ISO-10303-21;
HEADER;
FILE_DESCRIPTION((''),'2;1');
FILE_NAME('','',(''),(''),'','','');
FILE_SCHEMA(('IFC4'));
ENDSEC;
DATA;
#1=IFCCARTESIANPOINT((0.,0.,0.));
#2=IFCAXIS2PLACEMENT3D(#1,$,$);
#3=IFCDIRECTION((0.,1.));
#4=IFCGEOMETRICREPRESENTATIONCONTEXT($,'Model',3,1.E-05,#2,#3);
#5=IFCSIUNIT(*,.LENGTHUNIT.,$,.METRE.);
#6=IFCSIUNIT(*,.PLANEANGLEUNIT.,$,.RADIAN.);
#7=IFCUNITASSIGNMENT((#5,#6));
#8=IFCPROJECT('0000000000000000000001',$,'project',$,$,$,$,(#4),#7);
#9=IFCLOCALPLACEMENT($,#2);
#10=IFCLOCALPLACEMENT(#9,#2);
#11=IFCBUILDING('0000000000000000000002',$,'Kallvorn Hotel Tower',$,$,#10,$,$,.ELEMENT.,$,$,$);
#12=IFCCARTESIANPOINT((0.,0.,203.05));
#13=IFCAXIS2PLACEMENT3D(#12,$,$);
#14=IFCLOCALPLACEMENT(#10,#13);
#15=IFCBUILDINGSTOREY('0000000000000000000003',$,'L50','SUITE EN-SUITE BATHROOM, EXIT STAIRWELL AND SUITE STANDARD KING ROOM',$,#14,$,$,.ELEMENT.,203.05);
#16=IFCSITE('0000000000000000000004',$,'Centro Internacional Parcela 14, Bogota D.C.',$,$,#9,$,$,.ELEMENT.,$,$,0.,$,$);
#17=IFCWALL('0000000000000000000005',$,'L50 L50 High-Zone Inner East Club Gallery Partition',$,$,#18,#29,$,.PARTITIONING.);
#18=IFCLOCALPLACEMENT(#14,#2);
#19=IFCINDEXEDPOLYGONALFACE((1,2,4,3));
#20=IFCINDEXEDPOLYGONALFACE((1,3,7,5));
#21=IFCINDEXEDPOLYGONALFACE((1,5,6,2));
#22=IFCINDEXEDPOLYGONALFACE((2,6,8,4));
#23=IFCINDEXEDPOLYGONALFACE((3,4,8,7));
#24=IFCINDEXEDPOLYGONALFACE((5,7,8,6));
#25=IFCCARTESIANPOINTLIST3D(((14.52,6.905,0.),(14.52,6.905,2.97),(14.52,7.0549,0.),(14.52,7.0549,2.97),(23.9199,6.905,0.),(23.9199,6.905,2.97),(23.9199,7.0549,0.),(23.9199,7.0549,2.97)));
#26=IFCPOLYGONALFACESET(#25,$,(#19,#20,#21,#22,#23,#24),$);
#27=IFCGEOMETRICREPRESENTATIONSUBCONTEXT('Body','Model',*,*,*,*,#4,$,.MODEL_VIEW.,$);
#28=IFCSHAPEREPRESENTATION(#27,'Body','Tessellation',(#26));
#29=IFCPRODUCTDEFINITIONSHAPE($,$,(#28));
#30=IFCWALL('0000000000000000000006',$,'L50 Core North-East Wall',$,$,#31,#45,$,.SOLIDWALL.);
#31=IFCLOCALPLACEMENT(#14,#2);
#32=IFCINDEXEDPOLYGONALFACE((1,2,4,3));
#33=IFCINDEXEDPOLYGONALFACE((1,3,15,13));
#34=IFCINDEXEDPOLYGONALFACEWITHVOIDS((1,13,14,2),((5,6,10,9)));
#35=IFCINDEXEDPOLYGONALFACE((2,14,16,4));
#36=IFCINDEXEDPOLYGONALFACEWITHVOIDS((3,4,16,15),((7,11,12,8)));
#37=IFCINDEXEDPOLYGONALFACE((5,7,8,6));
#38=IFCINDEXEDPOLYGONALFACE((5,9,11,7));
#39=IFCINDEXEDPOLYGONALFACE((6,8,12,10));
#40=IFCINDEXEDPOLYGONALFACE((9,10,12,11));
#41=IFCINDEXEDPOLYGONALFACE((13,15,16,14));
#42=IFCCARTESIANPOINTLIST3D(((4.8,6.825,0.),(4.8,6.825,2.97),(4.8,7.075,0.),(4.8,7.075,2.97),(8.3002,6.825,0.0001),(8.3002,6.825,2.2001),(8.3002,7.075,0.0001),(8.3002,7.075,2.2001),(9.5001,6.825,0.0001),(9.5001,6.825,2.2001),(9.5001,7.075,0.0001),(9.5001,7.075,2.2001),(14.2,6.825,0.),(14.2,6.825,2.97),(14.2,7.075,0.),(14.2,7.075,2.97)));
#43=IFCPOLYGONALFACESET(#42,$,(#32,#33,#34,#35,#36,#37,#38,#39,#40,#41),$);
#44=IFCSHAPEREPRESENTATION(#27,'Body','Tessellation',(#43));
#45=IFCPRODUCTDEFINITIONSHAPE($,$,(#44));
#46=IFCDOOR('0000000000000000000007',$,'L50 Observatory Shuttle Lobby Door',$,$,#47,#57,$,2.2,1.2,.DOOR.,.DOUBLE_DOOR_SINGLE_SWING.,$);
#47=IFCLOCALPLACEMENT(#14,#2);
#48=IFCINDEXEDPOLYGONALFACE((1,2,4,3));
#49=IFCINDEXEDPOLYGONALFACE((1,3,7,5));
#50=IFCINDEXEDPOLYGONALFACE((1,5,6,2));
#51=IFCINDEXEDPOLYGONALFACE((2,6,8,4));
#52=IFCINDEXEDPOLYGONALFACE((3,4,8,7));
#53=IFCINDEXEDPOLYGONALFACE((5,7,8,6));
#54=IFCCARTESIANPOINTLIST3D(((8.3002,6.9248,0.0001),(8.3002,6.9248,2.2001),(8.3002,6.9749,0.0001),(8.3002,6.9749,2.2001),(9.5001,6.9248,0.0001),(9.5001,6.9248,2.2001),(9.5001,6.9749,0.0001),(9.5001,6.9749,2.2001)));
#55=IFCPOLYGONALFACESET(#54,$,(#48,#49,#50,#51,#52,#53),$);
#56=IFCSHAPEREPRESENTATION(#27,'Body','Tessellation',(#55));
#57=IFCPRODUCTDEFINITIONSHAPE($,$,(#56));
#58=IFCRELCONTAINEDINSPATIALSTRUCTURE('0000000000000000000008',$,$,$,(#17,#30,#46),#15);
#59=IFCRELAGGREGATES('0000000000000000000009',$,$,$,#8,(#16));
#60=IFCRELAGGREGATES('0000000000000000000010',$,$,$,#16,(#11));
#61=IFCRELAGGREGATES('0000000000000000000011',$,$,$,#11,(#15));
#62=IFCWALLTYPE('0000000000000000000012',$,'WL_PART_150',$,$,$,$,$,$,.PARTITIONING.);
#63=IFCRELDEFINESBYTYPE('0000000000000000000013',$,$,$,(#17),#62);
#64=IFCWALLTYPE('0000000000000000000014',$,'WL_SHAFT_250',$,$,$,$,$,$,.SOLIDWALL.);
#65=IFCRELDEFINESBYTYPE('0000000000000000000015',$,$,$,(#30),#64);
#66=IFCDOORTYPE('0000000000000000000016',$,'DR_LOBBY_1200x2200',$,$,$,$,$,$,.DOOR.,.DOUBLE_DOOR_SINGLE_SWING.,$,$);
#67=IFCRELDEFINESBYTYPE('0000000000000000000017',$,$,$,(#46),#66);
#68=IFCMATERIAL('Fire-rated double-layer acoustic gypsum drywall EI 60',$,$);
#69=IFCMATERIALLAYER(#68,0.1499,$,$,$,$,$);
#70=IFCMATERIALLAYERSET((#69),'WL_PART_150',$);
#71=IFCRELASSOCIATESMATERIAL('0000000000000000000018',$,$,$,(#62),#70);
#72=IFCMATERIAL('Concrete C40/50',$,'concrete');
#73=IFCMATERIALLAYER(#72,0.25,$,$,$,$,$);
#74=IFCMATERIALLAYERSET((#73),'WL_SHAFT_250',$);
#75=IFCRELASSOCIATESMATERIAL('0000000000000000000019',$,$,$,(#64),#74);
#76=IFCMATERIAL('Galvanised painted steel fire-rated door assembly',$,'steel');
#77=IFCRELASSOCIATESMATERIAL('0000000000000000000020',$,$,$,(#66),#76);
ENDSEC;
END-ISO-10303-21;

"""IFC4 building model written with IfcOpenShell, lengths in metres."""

from ifc_helpers import new_model, si_unit, direction, frame, frame_2d, origin, place, context, subcontext, project, spatial, rectangle, extrude, material, layer, layer_set, type_object, element, fill, save


model = new_model("IFC4")

# Units and contexts
model_context = context("Model", 3, precision=1e-05, world=origin(), true_north=direction((0.0, 1.0)))
body_context = subcontext(model_context, "Body", "Model", "MODEL_VIEW")
ifc_project = project(units=[si_unit("LENGTHUNIT", "METRE"), si_unit("PLANEANGLEUNIT", "RADIAN")], contexts=[model_context])

# Site, building, storey
site_placement = place(None, origin())
site = spatial("IfcSite", under=ifc_project, at=site_placement, Name="Centro Internacional Parcela 14, Bogota D.C.", CompositionType="ELEMENT", RefElevation=0.0)
building_placement = place(site_placement, origin())
building = spatial("IfcBuilding", under=site, at=building_placement, Name="Kallvorn Hotel Tower", CompositionType="ELEMENT")
storey_placement = place(building_placement, frame((0.0, 0.0, 203.05)))
storey = spatial("IfcBuildingStorey", under=building, at=storey_placement, Name="L50", Description="SUITE EN-SUITE BATHROOM, EXIT STAIRWELL AND SUITE STANDARD KING ROOM", CompositionType="ELEMENT", Elevation=203.05)

# Wall
ifc_material_1 = material(Name="Fire-rated double-layer acoustic gypsum drywall EI 60")
ifc_layer_1 = layer(ifc_material_1, 0.1499)
ifc_layer_set_1 = layer_set([ifc_layer_1], Name="WL_PART_150")
wall_type_1 = type_object("IfcWallType", Name="WL_PART_150", PredefinedType="PARTITIONING", material=ifc_layer_set_1)
wall_1_placement = place(storey_placement, frame((14.52, 6.98, 0.0), z_axis=(0.0, 0.0, 1.0), x_axis=(1.0, 0.0, 0.0)))
element("IfcWall", 1, at=wall_1_placement, inside=storey, type_object=wall_type_1, Name="L50 L50 High-Zone Inner East Club Gallery Partition", PredefinedType="PARTITIONING", context=body_context, shape_type="SweptSolid", body=[
    extrude(rectangle(XDim=9.3999, YDim=0.1499, at=frame_2d((4.7, 0.0))), origin(), (0.0, 0.0, 1.0), 2.97),
])

# Wall, opening, door
ifc_material_2 = material(Name="Concrete C40/50", Category="concrete")
ifc_layer_2 = layer(ifc_material_2, 0.25)
ifc_layer_set_2 = layer_set([ifc_layer_2], Name="WL_SHAFT_250")
wall_type_2 = type_object("IfcWallType", Name="WL_SHAFT_250", PredefinedType="SOLIDWALL", material=ifc_layer_set_2)
wall_2_placement = place(storey_placement, frame((4.8, 6.95, 0.0), z_axis=(0.0, 0.0, 1.0), x_axis=(1.0, 0.0, 0.0)))
wall_2 = element("IfcWall", 2, at=wall_2_placement, inside=storey, type_object=wall_type_2, Name="L50 Core North-East Wall", PredefinedType="SOLIDWALL", context=body_context, shape_type="SweptSolid", body=[
    extrude(rectangle(XDim=9.3999, YDim=0.25, at=frame_2d((4.7, 0.0))), origin(), (0.0, 0.0, 1.0), 2.97),
])
opening_1_placement = place(wall_2_placement, frame((3.5, 0.0, 0.0)))
opening_1 = element("IfcOpeningElement", 3, at=opening_1_placement, cuts=wall_2, PredefinedType="OPENING", context=body_context, shape_type="SweptSolid", body=[
    extrude(rectangle(XDim=1.2, YDim=2.2, at=frame_2d((0.6001, 1.1001))), frame((0.0, 0.1399, 0.0), z_axis=(0.0, -1.0, 0.0), x_axis=(1.0, 0.0, 0.0)), (0.0, 0.0, 1.0), 0.28),
])
ifc_material_3 = material(Name="Galvanised painted steel fire-rated door assembly", Category="steel")
door_type_1 = type_object("IfcDoorType", Name="DR_LOBBY_1200x2200", OperationType="DOUBLE_DOOR_SINGLE_SWING", PredefinedType="DOOR", material=ifc_material_3)
door_1_placement = place(opening_1_placement, origin())
door_1 = element("IfcDoor", 4, at=door_1_placement, inside=storey, type_object=door_type_1, Name="L50 Observatory Shuttle Lobby Door", OperationType="DOUBLE_DOOR_SINGLE_SWING", OverallHeight=2.2, OverallWidth=1.2, PredefinedType="DOOR", context=body_context, shape_type="SweptSolid", body=[
    extrude(rectangle(XDim=1.2, YDim=2.2, at=frame_2d((0.6001, 1.1001))), frame((0.0, 0.0249, 0.0), z_axis=(0.0, -1.0, 0.0), x_axis=(1.0, 0.0, 0.0)), (0.0, 0.0, 1.0), 0.05),
])
fill(opening_1, door_1)

save(model, "model.ifc")
